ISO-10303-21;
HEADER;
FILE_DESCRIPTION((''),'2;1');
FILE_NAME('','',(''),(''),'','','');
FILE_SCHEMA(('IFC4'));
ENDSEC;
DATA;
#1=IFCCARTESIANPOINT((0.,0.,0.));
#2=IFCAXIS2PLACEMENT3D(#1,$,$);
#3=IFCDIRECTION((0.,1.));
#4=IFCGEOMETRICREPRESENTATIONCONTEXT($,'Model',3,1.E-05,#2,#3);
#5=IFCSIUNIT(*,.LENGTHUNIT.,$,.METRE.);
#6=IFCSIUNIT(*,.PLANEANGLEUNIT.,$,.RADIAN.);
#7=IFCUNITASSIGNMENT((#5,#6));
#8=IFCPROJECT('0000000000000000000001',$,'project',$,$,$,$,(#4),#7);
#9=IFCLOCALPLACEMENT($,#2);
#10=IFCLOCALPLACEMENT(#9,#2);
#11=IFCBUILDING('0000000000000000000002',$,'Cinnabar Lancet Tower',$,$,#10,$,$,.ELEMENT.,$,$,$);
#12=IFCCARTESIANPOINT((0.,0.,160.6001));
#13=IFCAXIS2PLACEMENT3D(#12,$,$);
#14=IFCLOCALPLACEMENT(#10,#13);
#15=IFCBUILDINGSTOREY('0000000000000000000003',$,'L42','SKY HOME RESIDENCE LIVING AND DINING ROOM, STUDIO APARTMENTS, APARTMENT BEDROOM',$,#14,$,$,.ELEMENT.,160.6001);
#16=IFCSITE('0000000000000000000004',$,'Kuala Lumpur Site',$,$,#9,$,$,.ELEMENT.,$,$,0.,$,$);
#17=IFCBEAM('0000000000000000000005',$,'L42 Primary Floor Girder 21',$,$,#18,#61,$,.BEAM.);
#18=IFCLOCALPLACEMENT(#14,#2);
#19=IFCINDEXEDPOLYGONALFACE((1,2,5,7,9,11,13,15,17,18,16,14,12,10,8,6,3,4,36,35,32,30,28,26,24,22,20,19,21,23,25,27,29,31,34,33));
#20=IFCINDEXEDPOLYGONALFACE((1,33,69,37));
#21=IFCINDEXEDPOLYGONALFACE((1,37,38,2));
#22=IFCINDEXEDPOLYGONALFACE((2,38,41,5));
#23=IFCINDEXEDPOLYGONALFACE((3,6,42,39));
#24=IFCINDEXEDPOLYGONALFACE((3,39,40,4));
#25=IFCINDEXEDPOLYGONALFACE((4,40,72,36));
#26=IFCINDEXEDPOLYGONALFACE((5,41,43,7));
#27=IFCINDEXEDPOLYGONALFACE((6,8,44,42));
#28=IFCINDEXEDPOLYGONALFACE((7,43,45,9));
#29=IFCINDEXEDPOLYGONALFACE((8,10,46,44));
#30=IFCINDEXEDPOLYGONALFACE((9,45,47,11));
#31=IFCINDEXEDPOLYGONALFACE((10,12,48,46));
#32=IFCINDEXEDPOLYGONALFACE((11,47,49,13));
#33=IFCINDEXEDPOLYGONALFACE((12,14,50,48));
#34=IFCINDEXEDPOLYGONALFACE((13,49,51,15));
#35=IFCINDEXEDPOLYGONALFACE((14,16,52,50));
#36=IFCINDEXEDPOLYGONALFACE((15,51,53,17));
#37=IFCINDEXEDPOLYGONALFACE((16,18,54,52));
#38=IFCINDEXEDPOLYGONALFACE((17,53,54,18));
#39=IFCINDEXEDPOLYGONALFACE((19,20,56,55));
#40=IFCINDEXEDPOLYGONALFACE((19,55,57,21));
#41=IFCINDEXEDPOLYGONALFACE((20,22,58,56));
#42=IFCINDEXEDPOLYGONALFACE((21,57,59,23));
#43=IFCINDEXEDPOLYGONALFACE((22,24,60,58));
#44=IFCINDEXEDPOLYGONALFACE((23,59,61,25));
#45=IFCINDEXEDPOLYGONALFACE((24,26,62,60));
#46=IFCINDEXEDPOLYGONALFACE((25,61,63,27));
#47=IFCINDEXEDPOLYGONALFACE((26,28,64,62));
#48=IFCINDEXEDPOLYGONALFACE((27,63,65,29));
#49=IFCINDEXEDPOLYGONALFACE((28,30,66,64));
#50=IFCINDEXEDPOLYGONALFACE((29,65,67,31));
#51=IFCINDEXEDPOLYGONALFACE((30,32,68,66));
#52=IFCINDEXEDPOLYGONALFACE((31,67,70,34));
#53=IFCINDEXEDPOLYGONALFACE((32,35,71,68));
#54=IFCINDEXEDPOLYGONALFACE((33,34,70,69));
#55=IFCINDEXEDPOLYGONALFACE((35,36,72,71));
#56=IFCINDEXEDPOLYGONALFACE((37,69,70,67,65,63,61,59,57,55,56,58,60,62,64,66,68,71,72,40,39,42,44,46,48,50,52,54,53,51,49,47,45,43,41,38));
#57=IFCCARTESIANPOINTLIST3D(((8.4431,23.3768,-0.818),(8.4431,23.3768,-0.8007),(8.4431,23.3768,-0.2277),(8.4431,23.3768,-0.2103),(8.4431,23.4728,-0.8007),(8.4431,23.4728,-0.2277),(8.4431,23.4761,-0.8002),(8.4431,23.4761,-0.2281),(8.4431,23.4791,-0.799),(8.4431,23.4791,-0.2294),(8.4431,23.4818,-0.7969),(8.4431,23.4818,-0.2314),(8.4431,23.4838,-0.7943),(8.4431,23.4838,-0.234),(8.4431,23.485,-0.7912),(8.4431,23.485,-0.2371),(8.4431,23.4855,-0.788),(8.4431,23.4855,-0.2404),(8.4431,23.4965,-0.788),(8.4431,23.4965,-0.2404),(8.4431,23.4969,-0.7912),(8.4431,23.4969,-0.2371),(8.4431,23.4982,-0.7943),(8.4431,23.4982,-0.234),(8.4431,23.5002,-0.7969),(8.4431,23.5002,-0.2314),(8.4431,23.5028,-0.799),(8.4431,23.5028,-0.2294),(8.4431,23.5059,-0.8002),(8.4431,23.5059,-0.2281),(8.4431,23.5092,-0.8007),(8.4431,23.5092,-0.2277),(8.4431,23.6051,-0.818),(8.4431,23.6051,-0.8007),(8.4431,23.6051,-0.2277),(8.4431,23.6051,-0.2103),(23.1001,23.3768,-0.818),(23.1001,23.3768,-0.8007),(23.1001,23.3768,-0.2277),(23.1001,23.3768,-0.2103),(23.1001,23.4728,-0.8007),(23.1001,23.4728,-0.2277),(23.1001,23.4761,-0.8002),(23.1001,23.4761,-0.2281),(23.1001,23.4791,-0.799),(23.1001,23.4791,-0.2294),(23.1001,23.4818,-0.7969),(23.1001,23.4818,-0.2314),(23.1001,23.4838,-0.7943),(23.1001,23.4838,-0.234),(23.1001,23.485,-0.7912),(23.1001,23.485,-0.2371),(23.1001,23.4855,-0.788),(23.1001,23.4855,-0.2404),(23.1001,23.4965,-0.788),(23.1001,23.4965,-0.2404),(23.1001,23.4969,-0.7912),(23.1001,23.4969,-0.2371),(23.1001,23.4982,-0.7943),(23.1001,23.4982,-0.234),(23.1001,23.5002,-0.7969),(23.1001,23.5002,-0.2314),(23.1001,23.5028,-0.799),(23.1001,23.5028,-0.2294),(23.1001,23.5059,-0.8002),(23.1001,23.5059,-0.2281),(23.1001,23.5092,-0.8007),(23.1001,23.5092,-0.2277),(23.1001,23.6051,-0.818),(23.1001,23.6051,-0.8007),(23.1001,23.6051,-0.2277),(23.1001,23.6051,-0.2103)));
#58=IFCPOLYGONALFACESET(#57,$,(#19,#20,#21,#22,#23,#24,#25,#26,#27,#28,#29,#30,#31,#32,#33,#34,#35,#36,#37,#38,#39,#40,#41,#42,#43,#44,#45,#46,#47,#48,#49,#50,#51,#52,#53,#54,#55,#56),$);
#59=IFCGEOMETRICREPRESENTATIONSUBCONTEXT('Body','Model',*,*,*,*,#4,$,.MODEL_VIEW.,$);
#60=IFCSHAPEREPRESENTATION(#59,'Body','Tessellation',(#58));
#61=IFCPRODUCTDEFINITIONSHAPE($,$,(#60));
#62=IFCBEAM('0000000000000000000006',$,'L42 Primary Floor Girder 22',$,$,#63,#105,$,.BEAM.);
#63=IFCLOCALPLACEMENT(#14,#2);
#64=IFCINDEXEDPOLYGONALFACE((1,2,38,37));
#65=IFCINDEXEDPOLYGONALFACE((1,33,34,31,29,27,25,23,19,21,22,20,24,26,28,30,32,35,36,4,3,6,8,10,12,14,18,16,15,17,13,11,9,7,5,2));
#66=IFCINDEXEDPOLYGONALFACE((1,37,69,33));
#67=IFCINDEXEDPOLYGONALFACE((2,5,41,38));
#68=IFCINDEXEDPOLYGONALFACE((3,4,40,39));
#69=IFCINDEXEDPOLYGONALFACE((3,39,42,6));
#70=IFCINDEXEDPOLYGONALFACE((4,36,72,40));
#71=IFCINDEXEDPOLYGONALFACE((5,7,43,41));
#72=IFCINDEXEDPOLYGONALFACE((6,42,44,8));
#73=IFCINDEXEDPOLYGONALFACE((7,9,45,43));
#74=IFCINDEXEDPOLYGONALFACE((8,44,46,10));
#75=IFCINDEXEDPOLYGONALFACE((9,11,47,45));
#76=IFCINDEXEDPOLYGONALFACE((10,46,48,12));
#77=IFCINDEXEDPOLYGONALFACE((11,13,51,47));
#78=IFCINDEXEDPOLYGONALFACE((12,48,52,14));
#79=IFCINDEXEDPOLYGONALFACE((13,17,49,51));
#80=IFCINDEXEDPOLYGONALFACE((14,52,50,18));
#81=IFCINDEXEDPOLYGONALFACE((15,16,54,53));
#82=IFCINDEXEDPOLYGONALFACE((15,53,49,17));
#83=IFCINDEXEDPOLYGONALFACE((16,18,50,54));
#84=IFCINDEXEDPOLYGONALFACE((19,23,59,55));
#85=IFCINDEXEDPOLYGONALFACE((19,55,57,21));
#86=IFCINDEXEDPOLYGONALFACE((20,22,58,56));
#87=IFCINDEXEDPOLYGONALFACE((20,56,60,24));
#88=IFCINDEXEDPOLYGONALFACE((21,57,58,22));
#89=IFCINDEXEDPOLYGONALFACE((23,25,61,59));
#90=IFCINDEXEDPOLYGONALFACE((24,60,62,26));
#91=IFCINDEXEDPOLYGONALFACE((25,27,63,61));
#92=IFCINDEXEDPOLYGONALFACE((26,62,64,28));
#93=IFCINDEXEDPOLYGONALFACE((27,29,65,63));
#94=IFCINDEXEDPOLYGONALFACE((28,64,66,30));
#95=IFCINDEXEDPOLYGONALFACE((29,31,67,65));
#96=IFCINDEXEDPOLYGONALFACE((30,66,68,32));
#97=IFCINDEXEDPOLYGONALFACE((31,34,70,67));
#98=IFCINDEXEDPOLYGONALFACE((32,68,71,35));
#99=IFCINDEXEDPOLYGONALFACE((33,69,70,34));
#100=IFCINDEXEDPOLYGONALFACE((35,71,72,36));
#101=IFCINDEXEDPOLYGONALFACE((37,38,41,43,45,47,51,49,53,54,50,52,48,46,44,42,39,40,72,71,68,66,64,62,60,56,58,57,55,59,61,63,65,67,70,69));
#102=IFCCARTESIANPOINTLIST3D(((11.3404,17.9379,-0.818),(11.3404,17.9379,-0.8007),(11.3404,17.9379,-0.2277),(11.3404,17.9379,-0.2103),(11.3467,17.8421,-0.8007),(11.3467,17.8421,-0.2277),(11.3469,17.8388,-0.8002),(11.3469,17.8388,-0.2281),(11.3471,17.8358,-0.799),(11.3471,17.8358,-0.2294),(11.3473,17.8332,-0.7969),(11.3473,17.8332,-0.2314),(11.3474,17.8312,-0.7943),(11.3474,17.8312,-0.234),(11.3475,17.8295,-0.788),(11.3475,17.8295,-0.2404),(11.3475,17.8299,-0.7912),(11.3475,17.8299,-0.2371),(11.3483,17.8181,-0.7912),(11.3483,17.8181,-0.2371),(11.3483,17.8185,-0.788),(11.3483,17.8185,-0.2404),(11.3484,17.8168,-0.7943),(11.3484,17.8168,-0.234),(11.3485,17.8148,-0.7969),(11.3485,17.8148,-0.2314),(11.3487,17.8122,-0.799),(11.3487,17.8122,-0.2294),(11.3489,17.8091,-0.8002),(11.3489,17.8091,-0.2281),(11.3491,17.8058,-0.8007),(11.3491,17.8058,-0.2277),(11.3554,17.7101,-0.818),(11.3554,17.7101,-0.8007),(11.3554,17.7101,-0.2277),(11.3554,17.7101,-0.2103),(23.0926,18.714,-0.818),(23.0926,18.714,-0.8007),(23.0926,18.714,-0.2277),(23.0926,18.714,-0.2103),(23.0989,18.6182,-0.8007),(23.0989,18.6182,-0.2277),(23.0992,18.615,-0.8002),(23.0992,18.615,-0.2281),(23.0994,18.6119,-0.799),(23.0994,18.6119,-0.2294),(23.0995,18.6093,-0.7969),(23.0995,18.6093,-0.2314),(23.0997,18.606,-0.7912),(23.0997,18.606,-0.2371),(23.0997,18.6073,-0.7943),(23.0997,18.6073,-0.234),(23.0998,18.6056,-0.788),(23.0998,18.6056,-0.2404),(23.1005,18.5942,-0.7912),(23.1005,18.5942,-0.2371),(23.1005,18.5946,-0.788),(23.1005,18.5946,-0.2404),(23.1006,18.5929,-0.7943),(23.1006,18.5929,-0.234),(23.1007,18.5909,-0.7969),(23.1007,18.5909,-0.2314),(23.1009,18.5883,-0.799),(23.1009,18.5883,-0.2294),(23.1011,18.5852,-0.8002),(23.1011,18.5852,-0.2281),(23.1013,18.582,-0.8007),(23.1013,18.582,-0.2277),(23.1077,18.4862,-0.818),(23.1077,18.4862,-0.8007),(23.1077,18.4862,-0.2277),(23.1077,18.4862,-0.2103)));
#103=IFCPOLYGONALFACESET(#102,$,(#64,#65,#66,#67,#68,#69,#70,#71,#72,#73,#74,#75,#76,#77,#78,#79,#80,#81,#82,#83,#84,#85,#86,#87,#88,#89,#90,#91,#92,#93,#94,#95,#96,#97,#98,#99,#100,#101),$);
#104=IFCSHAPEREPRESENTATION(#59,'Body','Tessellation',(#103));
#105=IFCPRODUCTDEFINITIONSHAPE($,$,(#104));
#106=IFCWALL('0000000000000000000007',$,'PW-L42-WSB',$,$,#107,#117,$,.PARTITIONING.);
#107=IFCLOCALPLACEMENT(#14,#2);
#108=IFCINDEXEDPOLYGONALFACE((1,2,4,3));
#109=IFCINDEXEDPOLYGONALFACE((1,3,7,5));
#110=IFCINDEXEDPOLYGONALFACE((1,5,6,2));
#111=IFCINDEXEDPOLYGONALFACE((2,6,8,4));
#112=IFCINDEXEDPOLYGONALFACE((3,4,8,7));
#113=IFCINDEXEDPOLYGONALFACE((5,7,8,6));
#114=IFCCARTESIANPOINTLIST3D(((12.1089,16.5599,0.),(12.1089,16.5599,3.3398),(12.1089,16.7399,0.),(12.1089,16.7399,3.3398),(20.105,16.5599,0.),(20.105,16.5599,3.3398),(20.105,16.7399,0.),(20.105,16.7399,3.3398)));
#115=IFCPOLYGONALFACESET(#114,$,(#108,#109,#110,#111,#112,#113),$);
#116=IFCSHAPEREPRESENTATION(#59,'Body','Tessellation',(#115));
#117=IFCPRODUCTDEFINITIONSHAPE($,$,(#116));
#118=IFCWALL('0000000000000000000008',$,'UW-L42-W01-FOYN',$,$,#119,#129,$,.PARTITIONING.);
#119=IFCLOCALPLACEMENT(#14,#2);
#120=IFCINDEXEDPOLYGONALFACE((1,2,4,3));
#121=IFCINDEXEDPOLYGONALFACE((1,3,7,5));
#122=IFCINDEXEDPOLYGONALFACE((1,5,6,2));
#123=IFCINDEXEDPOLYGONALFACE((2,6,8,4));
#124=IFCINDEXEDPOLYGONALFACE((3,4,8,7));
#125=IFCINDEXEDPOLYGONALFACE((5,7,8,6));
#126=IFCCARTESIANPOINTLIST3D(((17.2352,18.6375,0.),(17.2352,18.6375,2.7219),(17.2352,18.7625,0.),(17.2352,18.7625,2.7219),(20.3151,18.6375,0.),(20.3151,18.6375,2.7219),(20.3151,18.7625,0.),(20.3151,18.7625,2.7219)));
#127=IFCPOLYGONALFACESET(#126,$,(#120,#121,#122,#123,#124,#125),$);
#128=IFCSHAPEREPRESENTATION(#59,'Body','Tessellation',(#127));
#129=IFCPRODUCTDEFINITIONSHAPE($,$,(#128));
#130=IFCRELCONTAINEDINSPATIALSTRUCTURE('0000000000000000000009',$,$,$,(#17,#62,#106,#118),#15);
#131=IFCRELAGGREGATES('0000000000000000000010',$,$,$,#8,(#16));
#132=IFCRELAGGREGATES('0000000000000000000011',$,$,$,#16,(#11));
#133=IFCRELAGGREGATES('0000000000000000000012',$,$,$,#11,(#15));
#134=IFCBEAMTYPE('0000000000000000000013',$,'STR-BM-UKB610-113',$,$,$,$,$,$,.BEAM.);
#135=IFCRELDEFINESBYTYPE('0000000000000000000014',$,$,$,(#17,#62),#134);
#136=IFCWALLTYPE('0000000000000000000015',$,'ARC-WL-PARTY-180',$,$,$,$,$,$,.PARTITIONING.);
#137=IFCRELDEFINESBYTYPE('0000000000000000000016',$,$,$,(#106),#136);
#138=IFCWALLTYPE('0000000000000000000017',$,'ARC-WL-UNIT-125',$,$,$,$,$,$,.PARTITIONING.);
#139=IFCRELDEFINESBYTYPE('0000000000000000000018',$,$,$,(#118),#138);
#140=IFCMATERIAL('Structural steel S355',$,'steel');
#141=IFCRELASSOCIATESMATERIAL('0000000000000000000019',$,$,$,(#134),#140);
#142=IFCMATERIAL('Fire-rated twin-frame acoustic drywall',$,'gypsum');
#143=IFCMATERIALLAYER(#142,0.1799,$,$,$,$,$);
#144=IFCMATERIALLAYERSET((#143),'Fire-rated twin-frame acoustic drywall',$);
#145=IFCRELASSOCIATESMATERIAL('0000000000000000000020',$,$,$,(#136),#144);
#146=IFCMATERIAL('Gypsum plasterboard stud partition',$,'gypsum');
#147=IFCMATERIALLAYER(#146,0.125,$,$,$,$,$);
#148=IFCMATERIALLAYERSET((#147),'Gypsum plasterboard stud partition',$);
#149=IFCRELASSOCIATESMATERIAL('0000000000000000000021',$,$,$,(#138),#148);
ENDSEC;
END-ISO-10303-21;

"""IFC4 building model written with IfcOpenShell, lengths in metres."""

from ifc_helpers import new_model, si_unit, direction, frame, frame_2d, origin, origin_2d, place, context, subcontext, project, spatial, rectangle, i_section, extrude, material, layer, layer_set, material_profile, profile_set, type_object, element, save


model = new_model("IFC4")

# Units and contexts
model_context = context("Model", 3, precision=1e-05, world=origin(), true_north=direction((0.0, 1.0)))
body_context = subcontext(model_context, "Body", "Model", "MODEL_VIEW")
ifc_project = project(units=[si_unit("LENGTHUNIT", "METRE"), si_unit("PLANEANGLEUNIT", "RADIAN")], contexts=[model_context])

# Site, building, storey
site_placement = place(None, origin())
site = spatial("IfcSite", under=ifc_project, at=site_placement, Name="Kuala Lumpur Site", CompositionType="ELEMENT", RefElevation=0.0)
building_placement = place(site_placement, origin())
building = spatial("IfcBuilding", under=site, at=building_placement, Name="Cinnabar Lancet Tower", CompositionType="ELEMENT")
storey_placement = place(building_placement, frame((0.0, 0.0, 160.6001)))
storey = spatial("IfcBuildingStorey", under=building, at=storey_placement, Name="L42", Description="SKY HOME RESIDENCE LIVING AND DINING ROOM, STUDIO APARTMENTS, APARTMENT BEDROOM", CompositionType="ELEMENT", Elevation=160.6001)

# Beams
ifc_material_1 = material(Name="Structural steel S355", Category="steel")
ifc_material_profile_1 = material_profile(ifc_material_1, i_section(OverallWidth=0.2283, OverallDepth=0.6077, WebThickness=0.011, FlangeThickness=0.0173, FilletRadius=0.0127, at=origin_2d()), Name="UKB 610x229x113")
ifc_profile_set_1 = profile_set([ifc_material_profile_1], Name="Structural steel S355")
beam_type_1 = type_object("IfcBeamType", Name="STR-BM-UKB610-113", PredefinedType="BEAM", material=ifc_profile_set_1)
beam_1_placement = place(storey_placement, frame((8.4431, 23.491, -0.5142), z_axis=(1.0, 0.0, 0.0), x_axis=(0.0, 1.0, 0.0)))
element("IfcBeam", 1, at=beam_1_placement, inside=storey, type_object=beam_type_1, Name="L42 Primary Floor Girder 21", PredefinedType="BEAM", context=body_context, shape_type="SweptSolid", body=[
    extrude(i_section(OverallWidth=0.2283, OverallDepth=0.6077, WebThickness=0.011, FlangeThickness=0.0173, FilletRadius=0.0127, at=origin_2d()), origin(), (0.0, 0.0, 1.0), 14.657),
])
beam_2_placement = place(storey_placement, frame((11.3479, 17.824, -0.5142), z_axis=(0.997826, 0.065897, 0.0), x_axis=(-0.065897, 0.997826, 0.0)))
element("IfcBeam", 2, at=beam_2_placement, inside=storey, type_object=beam_type_1, Name="L42 Primary Floor Girder 22", PredefinedType="BEAM", context=body_context, shape_type="SweptSolid", body=[
    extrude(i_section(OverallWidth=0.2283, OverallDepth=0.6077, WebThickness=0.011, FlangeThickness=0.0173, FilletRadius=0.0127, at=origin_2d()), origin(), (0.0, 0.0, 1.0), 11.7778),
])

# Walls
ifc_material_2 = material(Name="Fire-rated twin-frame acoustic drywall", Category="gypsum")
ifc_layer_1 = layer(ifc_material_2, 0.1799)
ifc_layer_set_1 = layer_set([ifc_layer_1], Name="Fire-rated twin-frame acoustic drywall")
wall_type_1 = type_object("IfcWallType", Name="ARC-WL-PARTY-180", PredefinedType="PARTITIONING", material=ifc_layer_set_1)
wall_1_placement = place(storey_placement, frame((12.1089, 16.6499, 0.0), z_axis=(0.0, 0.0, 1.0), x_axis=(1.0, 0.0, 0.0)))
element("IfcWall", 3, at=wall_1_placement, inside=storey, type_object=wall_type_1, Name="PW-L42-WSB", PredefinedType="PARTITIONING", context=body_context, shape_type="SweptSolid", body=[
    extrude(rectangle(XDim=7.9961, YDim=0.1799, at=frame_2d((3.998, 0.0))), origin(), (0.0, 0.0, 1.0), 3.3398),
])
ifc_material_3 = material(Name="Gypsum plasterboard stud partition", Category="gypsum")
ifc_layer_2 = layer(ifc_material_3, 0.125)
ifc_layer_set_2 = layer_set([ifc_layer_2], Name="Gypsum plasterboard stud partition")
wall_type_2 = type_object("IfcWallType", Name="ARC-WL-UNIT-125", PredefinedType="PARTITIONING", material=ifc_layer_set_2)
wall_2_placement = place(storey_placement, frame((17.2351, 18.7, 0.0), z_axis=(0.0, 0.0, 1.0), x_axis=(1.0, 0.0, 0.0)))
element("IfcWall", 4, at=wall_2_placement, inside=storey, type_object=wall_type_2, Name="UW-L42-W01-FOYN", PredefinedType="PARTITIONING", context=body_context, shape_type="SweptSolid", body=[
    extrude(rectangle(XDim=3.0798, YDim=0.125, at=frame_2d((1.54, 0.0))), origin(), (0.0, 0.0, 1.0), 2.7219),
])

save(model, "model.ifc")
